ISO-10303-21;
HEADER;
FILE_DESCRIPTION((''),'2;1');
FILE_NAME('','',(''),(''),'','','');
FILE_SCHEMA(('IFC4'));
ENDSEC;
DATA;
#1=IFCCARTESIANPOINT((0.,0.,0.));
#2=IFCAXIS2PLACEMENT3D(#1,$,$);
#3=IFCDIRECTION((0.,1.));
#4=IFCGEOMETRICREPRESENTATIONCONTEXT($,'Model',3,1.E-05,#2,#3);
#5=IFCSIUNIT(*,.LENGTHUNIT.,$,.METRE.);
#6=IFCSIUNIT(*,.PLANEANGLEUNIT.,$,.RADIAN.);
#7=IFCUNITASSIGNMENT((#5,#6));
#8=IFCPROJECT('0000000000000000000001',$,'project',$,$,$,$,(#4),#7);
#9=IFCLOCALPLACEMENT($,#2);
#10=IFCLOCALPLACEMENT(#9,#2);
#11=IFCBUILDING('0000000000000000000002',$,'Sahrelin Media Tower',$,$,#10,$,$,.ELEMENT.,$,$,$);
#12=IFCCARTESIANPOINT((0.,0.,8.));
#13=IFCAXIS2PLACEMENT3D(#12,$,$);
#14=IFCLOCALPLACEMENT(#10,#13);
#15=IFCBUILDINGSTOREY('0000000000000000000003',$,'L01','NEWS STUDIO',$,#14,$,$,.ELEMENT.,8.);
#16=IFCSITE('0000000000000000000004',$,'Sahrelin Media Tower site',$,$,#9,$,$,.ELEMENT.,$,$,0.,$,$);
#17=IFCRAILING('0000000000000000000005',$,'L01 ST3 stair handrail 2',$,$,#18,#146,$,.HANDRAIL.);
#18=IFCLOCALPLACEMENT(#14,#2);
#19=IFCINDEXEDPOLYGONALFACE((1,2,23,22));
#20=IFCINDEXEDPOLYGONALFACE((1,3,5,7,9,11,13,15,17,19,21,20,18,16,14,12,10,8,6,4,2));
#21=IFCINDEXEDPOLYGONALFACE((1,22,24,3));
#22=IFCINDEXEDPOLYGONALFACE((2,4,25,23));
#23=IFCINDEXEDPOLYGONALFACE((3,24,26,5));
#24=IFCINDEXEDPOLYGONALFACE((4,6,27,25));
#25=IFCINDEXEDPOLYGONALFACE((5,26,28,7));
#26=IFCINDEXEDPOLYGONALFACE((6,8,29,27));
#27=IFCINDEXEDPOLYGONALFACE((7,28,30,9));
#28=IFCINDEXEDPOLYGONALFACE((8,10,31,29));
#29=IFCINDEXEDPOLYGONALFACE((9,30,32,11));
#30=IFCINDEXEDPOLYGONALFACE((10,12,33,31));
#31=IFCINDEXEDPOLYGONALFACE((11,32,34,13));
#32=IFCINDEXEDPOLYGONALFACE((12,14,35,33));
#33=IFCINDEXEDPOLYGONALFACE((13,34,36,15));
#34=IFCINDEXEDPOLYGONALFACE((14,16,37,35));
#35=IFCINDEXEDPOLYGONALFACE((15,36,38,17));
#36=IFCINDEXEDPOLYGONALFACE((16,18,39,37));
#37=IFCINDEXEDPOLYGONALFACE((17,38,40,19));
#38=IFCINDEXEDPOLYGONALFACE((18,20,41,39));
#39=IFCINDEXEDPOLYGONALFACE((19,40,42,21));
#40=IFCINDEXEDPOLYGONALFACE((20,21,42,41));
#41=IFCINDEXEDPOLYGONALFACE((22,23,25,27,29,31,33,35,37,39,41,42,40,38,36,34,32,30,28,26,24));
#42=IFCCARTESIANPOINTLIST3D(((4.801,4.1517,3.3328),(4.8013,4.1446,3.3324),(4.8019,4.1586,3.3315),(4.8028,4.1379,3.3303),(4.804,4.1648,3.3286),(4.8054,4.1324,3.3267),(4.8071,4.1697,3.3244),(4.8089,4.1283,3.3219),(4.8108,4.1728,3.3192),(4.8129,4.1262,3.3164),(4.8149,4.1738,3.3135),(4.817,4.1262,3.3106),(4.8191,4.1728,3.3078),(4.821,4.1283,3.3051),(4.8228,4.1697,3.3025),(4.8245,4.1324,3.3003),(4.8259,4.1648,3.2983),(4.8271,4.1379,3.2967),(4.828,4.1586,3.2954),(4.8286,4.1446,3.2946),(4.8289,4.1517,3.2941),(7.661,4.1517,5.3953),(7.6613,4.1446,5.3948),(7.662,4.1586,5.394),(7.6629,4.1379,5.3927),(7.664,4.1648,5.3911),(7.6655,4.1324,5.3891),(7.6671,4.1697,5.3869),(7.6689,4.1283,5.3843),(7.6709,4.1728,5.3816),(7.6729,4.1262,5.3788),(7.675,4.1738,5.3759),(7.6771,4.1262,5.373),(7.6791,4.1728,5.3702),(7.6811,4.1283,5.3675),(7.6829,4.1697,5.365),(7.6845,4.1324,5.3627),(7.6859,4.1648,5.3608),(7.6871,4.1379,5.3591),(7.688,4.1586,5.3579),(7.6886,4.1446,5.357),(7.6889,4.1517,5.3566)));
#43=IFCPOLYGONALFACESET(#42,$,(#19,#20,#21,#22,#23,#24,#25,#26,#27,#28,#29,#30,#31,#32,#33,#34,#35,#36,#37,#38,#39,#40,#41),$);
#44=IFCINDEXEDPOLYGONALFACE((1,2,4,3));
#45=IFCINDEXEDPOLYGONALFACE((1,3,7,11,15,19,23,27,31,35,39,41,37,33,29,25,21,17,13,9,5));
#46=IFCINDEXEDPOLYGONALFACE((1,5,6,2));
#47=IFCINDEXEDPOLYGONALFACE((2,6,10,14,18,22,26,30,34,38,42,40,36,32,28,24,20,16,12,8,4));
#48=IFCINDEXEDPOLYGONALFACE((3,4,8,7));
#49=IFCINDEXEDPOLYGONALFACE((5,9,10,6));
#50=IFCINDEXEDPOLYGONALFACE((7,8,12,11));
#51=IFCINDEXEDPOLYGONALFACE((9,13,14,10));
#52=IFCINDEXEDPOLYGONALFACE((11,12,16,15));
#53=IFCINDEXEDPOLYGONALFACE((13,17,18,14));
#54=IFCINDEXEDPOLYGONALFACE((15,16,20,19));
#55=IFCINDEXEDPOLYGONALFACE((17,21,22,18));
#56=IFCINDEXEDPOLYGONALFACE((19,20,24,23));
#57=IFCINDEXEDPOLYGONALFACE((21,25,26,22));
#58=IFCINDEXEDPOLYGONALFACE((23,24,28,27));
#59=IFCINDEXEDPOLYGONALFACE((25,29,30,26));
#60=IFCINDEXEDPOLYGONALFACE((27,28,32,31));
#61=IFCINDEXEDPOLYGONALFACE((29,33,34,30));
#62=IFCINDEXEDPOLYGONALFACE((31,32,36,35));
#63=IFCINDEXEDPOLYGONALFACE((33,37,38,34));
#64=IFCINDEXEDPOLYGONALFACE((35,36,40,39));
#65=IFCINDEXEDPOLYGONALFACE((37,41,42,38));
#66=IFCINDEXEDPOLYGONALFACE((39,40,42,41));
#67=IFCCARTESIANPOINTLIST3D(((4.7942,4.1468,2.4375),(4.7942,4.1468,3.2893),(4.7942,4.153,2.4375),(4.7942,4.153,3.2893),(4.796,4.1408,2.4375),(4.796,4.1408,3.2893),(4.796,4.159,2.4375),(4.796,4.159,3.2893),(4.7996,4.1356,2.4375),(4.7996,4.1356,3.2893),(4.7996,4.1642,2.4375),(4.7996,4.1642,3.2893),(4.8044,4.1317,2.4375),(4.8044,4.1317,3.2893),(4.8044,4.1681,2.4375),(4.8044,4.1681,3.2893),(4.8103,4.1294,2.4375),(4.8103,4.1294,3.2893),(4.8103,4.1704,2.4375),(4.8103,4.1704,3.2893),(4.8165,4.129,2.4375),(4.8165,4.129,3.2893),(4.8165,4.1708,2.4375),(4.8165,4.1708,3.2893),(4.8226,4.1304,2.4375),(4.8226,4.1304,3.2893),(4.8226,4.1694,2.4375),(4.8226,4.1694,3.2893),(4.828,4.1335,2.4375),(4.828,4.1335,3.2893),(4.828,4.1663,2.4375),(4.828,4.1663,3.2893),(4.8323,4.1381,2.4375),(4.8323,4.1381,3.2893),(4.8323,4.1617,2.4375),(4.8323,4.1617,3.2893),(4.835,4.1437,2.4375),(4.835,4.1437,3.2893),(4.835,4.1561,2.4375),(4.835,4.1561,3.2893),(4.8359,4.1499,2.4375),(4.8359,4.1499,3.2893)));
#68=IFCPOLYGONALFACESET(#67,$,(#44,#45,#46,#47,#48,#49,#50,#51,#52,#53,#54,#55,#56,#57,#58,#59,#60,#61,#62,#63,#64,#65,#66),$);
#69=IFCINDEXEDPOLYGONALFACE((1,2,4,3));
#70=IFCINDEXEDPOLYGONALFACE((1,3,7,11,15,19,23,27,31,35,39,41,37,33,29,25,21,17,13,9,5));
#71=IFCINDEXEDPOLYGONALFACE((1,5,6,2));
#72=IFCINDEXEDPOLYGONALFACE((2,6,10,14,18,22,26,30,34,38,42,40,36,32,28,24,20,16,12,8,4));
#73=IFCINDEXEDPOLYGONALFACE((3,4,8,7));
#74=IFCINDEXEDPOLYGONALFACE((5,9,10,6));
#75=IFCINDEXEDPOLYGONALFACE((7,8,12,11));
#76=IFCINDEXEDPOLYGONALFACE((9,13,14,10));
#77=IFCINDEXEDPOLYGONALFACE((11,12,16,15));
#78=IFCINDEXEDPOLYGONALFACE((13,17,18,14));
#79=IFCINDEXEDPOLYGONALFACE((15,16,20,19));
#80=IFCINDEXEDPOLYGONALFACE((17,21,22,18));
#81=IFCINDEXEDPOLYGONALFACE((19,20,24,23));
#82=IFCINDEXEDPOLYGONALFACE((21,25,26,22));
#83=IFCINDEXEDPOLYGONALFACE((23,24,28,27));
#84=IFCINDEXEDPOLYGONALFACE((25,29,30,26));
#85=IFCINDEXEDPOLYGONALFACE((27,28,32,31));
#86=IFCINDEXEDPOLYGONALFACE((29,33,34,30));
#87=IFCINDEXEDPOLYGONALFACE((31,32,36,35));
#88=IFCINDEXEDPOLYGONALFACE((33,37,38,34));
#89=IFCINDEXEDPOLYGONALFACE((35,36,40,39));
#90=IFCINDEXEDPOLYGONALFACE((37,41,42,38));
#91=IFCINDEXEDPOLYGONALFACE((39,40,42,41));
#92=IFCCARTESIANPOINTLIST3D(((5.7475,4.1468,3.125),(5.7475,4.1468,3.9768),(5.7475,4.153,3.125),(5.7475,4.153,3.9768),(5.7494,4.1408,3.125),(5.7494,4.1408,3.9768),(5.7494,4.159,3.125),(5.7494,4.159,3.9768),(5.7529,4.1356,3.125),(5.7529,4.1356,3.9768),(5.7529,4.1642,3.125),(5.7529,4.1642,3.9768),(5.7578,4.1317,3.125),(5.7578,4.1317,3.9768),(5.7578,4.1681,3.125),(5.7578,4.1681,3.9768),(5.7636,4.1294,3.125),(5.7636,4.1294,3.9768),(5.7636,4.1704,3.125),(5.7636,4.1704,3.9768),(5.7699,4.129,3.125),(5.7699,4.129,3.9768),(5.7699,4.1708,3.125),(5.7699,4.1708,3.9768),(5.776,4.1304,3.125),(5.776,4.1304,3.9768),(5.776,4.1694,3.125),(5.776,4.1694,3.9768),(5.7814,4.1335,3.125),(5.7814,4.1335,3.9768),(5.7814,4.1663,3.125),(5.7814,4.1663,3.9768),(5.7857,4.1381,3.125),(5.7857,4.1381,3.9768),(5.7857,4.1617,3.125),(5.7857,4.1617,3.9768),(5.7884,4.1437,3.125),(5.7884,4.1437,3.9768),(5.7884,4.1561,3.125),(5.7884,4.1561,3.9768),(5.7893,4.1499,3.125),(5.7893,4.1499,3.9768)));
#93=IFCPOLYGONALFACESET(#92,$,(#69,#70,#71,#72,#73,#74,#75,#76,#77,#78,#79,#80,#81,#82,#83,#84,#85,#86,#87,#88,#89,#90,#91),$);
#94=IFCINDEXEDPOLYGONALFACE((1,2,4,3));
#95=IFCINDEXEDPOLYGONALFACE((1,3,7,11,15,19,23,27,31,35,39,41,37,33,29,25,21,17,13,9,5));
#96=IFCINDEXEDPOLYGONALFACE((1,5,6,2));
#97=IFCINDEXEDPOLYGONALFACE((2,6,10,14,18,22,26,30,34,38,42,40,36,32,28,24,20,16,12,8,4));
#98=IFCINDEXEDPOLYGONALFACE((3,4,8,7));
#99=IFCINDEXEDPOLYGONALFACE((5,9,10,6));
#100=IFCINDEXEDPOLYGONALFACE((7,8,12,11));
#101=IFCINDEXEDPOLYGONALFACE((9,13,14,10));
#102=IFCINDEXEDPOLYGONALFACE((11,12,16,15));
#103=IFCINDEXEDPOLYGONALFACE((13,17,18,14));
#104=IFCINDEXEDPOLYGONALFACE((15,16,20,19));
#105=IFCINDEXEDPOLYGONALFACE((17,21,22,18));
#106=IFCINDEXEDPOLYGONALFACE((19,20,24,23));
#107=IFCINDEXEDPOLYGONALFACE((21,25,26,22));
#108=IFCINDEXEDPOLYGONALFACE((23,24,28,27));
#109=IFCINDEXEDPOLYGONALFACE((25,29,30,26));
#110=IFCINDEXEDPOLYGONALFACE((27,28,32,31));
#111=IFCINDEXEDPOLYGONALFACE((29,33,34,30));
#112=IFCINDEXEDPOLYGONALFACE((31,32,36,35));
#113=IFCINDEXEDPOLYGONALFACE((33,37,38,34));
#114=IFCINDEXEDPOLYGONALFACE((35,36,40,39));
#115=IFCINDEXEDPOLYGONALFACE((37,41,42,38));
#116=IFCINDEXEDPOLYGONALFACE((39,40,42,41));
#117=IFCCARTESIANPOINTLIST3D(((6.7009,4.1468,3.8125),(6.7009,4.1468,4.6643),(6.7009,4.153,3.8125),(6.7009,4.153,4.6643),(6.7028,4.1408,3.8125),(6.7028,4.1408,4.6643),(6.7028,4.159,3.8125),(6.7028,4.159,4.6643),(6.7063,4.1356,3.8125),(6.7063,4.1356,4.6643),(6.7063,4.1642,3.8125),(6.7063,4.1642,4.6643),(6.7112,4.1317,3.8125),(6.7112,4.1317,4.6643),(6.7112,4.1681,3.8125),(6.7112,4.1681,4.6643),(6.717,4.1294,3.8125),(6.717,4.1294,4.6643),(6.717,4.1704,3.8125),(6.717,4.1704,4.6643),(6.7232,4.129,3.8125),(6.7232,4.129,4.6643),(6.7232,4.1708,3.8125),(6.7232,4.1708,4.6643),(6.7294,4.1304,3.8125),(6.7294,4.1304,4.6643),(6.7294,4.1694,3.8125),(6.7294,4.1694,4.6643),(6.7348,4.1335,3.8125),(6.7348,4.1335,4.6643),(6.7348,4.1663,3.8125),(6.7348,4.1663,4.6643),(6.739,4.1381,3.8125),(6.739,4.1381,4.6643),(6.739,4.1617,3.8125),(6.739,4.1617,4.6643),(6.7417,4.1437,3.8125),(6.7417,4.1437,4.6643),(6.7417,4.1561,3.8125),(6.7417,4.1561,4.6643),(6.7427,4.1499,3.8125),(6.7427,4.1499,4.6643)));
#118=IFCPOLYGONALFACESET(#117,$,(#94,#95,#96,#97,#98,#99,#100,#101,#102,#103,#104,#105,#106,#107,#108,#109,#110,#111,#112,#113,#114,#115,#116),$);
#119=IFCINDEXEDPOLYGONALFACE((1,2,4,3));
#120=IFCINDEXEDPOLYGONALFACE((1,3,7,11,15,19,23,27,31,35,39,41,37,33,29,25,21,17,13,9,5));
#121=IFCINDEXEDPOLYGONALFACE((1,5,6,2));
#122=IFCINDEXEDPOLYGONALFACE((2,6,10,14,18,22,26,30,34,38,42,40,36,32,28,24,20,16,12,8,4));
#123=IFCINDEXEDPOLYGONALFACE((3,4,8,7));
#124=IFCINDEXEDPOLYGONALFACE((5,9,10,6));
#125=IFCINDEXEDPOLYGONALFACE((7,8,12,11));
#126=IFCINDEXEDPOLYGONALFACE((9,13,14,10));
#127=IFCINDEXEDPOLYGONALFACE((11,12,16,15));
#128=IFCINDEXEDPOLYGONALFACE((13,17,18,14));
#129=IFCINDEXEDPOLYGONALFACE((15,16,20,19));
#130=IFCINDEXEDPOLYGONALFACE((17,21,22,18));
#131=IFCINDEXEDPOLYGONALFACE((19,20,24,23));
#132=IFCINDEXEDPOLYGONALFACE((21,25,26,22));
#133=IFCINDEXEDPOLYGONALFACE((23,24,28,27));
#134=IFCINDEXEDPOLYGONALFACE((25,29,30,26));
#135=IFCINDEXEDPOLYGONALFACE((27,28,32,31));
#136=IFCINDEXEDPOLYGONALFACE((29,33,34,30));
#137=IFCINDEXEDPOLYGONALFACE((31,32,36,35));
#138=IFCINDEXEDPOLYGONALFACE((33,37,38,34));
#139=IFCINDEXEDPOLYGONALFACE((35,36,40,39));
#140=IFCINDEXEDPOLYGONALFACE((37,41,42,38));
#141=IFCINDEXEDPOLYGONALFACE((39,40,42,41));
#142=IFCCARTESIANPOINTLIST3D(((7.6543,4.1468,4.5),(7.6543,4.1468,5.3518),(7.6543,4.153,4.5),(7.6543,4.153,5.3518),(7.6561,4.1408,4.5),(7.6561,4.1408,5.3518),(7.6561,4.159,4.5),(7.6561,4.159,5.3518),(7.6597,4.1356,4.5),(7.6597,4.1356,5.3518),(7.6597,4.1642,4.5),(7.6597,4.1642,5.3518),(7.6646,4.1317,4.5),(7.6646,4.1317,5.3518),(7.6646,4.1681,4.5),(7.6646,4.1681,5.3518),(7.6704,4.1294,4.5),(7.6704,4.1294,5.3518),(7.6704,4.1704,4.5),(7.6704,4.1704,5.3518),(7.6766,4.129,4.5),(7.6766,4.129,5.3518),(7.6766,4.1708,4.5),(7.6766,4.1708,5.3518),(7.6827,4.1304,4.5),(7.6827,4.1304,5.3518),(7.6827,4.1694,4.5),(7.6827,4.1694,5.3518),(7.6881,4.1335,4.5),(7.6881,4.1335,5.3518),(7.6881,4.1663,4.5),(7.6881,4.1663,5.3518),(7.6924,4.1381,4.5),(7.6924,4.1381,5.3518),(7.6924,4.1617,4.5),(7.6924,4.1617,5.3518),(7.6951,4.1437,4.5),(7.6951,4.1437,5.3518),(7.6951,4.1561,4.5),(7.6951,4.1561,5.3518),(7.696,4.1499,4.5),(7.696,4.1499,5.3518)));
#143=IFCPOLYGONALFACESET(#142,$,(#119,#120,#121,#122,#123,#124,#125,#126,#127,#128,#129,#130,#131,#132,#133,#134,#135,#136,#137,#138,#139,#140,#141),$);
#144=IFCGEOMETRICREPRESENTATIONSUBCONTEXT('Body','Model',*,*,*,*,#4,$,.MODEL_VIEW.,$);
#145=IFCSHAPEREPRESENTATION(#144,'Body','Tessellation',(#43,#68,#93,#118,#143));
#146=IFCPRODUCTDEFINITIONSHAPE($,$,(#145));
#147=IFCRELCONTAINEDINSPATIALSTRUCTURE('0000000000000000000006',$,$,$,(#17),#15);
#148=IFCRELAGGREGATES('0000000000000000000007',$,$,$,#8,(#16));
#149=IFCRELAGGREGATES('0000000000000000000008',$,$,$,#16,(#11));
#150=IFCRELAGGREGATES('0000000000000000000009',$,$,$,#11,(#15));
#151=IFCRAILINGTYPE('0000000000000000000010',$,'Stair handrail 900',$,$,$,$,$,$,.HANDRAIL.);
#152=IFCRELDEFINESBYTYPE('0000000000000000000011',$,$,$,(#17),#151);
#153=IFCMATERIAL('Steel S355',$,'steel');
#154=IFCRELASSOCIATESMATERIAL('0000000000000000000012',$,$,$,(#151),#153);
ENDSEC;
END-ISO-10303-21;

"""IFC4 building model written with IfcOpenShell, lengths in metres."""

from ifc_helpers import new_model, si_unit, direction, frame, origin, origin_2d, place, context, subcontext, project, spatial, circle, extrude, material, type_object, element, save


model = new_model("IFC4")

# Units and contexts
model_context = context("Model", 3, precision=1e-05, world=origin(), true_north=direction((0.0, 1.0)))
body_context = subcontext(model_context, "Body", "Model", "MODEL_VIEW")
ifc_project = project(units=[si_unit("LENGTHUNIT", "METRE"), si_unit("PLANEANGLEUNIT", "RADIAN")], contexts=[model_context])

# Site, building, storey
site_placement = place(None, origin())
site = spatial("IfcSite", under=ifc_project, at=site_placement, Name="Sahrelin Media Tower site", CompositionType="ELEMENT", RefElevation=0.0)
building_placement = place(site_placement, origin())
building = spatial("IfcBuilding", under=site, at=building_placement, Name="Sahrelin Media Tower", CompositionType="ELEMENT")
storey_placement = place(building_placement, frame((0.0, 0.0, 8.0)))
storey = spatial("IfcBuildingStorey", under=building, at=storey_placement, Name="L01", Description="NEWS STUDIO", CompositionType="ELEMENT", Elevation=8.0)

# Shared definitions
ifc_material_1 = material(Name="Steel S355", Category="steel")

# Railing
railing_type_1 = type_object("IfcRailingType", Name="Stair handrail 900", PredefinedType="HANDRAIL", material=ifc_material_1)
railing_1_placement = place(storey_placement, frame((4.8149, 4.1499, 2.4375)))
element("IfcRailing", 1, at=railing_1_placement, inside=storey, type_object=railing_type_1, Name="L01 ST3 stair handrail 2", PredefinedType="HANDRAIL", context=body_context, shape_type="SweptSolid", body=[
    extrude(circle(Radius=0.0239, at=origin_2d()), frame((0.0, 0.0, 0.876), z_axis=(0.811101, 0.0, 0.584906), x_axis=(0.0, 1.0, 0.0)), (0.0, 0.0, 1.0), 3.5261),
    extrude(circle(Radius=0.021, at=origin_2d()), origin(), (0.0, 0.0, 1.0), 0.8518),
    extrude(circle(Radius=0.021, at=origin_2d()), frame((0.9534, 0.0, 0.6875)), (0.0, 0.0, 1.0), 0.8518),
    extrude(circle(Radius=0.021, at=origin_2d()), frame((1.9067, 0.0, 1.375)), (0.0, 0.0, 1.0), 0.8518),
    extrude(circle(Radius=0.021, at=origin_2d()), frame((2.8601, 0.0, 2.0625)), (0.0, 0.0, 1.0), 0.8518),
])

save(model, "model.ifc")
